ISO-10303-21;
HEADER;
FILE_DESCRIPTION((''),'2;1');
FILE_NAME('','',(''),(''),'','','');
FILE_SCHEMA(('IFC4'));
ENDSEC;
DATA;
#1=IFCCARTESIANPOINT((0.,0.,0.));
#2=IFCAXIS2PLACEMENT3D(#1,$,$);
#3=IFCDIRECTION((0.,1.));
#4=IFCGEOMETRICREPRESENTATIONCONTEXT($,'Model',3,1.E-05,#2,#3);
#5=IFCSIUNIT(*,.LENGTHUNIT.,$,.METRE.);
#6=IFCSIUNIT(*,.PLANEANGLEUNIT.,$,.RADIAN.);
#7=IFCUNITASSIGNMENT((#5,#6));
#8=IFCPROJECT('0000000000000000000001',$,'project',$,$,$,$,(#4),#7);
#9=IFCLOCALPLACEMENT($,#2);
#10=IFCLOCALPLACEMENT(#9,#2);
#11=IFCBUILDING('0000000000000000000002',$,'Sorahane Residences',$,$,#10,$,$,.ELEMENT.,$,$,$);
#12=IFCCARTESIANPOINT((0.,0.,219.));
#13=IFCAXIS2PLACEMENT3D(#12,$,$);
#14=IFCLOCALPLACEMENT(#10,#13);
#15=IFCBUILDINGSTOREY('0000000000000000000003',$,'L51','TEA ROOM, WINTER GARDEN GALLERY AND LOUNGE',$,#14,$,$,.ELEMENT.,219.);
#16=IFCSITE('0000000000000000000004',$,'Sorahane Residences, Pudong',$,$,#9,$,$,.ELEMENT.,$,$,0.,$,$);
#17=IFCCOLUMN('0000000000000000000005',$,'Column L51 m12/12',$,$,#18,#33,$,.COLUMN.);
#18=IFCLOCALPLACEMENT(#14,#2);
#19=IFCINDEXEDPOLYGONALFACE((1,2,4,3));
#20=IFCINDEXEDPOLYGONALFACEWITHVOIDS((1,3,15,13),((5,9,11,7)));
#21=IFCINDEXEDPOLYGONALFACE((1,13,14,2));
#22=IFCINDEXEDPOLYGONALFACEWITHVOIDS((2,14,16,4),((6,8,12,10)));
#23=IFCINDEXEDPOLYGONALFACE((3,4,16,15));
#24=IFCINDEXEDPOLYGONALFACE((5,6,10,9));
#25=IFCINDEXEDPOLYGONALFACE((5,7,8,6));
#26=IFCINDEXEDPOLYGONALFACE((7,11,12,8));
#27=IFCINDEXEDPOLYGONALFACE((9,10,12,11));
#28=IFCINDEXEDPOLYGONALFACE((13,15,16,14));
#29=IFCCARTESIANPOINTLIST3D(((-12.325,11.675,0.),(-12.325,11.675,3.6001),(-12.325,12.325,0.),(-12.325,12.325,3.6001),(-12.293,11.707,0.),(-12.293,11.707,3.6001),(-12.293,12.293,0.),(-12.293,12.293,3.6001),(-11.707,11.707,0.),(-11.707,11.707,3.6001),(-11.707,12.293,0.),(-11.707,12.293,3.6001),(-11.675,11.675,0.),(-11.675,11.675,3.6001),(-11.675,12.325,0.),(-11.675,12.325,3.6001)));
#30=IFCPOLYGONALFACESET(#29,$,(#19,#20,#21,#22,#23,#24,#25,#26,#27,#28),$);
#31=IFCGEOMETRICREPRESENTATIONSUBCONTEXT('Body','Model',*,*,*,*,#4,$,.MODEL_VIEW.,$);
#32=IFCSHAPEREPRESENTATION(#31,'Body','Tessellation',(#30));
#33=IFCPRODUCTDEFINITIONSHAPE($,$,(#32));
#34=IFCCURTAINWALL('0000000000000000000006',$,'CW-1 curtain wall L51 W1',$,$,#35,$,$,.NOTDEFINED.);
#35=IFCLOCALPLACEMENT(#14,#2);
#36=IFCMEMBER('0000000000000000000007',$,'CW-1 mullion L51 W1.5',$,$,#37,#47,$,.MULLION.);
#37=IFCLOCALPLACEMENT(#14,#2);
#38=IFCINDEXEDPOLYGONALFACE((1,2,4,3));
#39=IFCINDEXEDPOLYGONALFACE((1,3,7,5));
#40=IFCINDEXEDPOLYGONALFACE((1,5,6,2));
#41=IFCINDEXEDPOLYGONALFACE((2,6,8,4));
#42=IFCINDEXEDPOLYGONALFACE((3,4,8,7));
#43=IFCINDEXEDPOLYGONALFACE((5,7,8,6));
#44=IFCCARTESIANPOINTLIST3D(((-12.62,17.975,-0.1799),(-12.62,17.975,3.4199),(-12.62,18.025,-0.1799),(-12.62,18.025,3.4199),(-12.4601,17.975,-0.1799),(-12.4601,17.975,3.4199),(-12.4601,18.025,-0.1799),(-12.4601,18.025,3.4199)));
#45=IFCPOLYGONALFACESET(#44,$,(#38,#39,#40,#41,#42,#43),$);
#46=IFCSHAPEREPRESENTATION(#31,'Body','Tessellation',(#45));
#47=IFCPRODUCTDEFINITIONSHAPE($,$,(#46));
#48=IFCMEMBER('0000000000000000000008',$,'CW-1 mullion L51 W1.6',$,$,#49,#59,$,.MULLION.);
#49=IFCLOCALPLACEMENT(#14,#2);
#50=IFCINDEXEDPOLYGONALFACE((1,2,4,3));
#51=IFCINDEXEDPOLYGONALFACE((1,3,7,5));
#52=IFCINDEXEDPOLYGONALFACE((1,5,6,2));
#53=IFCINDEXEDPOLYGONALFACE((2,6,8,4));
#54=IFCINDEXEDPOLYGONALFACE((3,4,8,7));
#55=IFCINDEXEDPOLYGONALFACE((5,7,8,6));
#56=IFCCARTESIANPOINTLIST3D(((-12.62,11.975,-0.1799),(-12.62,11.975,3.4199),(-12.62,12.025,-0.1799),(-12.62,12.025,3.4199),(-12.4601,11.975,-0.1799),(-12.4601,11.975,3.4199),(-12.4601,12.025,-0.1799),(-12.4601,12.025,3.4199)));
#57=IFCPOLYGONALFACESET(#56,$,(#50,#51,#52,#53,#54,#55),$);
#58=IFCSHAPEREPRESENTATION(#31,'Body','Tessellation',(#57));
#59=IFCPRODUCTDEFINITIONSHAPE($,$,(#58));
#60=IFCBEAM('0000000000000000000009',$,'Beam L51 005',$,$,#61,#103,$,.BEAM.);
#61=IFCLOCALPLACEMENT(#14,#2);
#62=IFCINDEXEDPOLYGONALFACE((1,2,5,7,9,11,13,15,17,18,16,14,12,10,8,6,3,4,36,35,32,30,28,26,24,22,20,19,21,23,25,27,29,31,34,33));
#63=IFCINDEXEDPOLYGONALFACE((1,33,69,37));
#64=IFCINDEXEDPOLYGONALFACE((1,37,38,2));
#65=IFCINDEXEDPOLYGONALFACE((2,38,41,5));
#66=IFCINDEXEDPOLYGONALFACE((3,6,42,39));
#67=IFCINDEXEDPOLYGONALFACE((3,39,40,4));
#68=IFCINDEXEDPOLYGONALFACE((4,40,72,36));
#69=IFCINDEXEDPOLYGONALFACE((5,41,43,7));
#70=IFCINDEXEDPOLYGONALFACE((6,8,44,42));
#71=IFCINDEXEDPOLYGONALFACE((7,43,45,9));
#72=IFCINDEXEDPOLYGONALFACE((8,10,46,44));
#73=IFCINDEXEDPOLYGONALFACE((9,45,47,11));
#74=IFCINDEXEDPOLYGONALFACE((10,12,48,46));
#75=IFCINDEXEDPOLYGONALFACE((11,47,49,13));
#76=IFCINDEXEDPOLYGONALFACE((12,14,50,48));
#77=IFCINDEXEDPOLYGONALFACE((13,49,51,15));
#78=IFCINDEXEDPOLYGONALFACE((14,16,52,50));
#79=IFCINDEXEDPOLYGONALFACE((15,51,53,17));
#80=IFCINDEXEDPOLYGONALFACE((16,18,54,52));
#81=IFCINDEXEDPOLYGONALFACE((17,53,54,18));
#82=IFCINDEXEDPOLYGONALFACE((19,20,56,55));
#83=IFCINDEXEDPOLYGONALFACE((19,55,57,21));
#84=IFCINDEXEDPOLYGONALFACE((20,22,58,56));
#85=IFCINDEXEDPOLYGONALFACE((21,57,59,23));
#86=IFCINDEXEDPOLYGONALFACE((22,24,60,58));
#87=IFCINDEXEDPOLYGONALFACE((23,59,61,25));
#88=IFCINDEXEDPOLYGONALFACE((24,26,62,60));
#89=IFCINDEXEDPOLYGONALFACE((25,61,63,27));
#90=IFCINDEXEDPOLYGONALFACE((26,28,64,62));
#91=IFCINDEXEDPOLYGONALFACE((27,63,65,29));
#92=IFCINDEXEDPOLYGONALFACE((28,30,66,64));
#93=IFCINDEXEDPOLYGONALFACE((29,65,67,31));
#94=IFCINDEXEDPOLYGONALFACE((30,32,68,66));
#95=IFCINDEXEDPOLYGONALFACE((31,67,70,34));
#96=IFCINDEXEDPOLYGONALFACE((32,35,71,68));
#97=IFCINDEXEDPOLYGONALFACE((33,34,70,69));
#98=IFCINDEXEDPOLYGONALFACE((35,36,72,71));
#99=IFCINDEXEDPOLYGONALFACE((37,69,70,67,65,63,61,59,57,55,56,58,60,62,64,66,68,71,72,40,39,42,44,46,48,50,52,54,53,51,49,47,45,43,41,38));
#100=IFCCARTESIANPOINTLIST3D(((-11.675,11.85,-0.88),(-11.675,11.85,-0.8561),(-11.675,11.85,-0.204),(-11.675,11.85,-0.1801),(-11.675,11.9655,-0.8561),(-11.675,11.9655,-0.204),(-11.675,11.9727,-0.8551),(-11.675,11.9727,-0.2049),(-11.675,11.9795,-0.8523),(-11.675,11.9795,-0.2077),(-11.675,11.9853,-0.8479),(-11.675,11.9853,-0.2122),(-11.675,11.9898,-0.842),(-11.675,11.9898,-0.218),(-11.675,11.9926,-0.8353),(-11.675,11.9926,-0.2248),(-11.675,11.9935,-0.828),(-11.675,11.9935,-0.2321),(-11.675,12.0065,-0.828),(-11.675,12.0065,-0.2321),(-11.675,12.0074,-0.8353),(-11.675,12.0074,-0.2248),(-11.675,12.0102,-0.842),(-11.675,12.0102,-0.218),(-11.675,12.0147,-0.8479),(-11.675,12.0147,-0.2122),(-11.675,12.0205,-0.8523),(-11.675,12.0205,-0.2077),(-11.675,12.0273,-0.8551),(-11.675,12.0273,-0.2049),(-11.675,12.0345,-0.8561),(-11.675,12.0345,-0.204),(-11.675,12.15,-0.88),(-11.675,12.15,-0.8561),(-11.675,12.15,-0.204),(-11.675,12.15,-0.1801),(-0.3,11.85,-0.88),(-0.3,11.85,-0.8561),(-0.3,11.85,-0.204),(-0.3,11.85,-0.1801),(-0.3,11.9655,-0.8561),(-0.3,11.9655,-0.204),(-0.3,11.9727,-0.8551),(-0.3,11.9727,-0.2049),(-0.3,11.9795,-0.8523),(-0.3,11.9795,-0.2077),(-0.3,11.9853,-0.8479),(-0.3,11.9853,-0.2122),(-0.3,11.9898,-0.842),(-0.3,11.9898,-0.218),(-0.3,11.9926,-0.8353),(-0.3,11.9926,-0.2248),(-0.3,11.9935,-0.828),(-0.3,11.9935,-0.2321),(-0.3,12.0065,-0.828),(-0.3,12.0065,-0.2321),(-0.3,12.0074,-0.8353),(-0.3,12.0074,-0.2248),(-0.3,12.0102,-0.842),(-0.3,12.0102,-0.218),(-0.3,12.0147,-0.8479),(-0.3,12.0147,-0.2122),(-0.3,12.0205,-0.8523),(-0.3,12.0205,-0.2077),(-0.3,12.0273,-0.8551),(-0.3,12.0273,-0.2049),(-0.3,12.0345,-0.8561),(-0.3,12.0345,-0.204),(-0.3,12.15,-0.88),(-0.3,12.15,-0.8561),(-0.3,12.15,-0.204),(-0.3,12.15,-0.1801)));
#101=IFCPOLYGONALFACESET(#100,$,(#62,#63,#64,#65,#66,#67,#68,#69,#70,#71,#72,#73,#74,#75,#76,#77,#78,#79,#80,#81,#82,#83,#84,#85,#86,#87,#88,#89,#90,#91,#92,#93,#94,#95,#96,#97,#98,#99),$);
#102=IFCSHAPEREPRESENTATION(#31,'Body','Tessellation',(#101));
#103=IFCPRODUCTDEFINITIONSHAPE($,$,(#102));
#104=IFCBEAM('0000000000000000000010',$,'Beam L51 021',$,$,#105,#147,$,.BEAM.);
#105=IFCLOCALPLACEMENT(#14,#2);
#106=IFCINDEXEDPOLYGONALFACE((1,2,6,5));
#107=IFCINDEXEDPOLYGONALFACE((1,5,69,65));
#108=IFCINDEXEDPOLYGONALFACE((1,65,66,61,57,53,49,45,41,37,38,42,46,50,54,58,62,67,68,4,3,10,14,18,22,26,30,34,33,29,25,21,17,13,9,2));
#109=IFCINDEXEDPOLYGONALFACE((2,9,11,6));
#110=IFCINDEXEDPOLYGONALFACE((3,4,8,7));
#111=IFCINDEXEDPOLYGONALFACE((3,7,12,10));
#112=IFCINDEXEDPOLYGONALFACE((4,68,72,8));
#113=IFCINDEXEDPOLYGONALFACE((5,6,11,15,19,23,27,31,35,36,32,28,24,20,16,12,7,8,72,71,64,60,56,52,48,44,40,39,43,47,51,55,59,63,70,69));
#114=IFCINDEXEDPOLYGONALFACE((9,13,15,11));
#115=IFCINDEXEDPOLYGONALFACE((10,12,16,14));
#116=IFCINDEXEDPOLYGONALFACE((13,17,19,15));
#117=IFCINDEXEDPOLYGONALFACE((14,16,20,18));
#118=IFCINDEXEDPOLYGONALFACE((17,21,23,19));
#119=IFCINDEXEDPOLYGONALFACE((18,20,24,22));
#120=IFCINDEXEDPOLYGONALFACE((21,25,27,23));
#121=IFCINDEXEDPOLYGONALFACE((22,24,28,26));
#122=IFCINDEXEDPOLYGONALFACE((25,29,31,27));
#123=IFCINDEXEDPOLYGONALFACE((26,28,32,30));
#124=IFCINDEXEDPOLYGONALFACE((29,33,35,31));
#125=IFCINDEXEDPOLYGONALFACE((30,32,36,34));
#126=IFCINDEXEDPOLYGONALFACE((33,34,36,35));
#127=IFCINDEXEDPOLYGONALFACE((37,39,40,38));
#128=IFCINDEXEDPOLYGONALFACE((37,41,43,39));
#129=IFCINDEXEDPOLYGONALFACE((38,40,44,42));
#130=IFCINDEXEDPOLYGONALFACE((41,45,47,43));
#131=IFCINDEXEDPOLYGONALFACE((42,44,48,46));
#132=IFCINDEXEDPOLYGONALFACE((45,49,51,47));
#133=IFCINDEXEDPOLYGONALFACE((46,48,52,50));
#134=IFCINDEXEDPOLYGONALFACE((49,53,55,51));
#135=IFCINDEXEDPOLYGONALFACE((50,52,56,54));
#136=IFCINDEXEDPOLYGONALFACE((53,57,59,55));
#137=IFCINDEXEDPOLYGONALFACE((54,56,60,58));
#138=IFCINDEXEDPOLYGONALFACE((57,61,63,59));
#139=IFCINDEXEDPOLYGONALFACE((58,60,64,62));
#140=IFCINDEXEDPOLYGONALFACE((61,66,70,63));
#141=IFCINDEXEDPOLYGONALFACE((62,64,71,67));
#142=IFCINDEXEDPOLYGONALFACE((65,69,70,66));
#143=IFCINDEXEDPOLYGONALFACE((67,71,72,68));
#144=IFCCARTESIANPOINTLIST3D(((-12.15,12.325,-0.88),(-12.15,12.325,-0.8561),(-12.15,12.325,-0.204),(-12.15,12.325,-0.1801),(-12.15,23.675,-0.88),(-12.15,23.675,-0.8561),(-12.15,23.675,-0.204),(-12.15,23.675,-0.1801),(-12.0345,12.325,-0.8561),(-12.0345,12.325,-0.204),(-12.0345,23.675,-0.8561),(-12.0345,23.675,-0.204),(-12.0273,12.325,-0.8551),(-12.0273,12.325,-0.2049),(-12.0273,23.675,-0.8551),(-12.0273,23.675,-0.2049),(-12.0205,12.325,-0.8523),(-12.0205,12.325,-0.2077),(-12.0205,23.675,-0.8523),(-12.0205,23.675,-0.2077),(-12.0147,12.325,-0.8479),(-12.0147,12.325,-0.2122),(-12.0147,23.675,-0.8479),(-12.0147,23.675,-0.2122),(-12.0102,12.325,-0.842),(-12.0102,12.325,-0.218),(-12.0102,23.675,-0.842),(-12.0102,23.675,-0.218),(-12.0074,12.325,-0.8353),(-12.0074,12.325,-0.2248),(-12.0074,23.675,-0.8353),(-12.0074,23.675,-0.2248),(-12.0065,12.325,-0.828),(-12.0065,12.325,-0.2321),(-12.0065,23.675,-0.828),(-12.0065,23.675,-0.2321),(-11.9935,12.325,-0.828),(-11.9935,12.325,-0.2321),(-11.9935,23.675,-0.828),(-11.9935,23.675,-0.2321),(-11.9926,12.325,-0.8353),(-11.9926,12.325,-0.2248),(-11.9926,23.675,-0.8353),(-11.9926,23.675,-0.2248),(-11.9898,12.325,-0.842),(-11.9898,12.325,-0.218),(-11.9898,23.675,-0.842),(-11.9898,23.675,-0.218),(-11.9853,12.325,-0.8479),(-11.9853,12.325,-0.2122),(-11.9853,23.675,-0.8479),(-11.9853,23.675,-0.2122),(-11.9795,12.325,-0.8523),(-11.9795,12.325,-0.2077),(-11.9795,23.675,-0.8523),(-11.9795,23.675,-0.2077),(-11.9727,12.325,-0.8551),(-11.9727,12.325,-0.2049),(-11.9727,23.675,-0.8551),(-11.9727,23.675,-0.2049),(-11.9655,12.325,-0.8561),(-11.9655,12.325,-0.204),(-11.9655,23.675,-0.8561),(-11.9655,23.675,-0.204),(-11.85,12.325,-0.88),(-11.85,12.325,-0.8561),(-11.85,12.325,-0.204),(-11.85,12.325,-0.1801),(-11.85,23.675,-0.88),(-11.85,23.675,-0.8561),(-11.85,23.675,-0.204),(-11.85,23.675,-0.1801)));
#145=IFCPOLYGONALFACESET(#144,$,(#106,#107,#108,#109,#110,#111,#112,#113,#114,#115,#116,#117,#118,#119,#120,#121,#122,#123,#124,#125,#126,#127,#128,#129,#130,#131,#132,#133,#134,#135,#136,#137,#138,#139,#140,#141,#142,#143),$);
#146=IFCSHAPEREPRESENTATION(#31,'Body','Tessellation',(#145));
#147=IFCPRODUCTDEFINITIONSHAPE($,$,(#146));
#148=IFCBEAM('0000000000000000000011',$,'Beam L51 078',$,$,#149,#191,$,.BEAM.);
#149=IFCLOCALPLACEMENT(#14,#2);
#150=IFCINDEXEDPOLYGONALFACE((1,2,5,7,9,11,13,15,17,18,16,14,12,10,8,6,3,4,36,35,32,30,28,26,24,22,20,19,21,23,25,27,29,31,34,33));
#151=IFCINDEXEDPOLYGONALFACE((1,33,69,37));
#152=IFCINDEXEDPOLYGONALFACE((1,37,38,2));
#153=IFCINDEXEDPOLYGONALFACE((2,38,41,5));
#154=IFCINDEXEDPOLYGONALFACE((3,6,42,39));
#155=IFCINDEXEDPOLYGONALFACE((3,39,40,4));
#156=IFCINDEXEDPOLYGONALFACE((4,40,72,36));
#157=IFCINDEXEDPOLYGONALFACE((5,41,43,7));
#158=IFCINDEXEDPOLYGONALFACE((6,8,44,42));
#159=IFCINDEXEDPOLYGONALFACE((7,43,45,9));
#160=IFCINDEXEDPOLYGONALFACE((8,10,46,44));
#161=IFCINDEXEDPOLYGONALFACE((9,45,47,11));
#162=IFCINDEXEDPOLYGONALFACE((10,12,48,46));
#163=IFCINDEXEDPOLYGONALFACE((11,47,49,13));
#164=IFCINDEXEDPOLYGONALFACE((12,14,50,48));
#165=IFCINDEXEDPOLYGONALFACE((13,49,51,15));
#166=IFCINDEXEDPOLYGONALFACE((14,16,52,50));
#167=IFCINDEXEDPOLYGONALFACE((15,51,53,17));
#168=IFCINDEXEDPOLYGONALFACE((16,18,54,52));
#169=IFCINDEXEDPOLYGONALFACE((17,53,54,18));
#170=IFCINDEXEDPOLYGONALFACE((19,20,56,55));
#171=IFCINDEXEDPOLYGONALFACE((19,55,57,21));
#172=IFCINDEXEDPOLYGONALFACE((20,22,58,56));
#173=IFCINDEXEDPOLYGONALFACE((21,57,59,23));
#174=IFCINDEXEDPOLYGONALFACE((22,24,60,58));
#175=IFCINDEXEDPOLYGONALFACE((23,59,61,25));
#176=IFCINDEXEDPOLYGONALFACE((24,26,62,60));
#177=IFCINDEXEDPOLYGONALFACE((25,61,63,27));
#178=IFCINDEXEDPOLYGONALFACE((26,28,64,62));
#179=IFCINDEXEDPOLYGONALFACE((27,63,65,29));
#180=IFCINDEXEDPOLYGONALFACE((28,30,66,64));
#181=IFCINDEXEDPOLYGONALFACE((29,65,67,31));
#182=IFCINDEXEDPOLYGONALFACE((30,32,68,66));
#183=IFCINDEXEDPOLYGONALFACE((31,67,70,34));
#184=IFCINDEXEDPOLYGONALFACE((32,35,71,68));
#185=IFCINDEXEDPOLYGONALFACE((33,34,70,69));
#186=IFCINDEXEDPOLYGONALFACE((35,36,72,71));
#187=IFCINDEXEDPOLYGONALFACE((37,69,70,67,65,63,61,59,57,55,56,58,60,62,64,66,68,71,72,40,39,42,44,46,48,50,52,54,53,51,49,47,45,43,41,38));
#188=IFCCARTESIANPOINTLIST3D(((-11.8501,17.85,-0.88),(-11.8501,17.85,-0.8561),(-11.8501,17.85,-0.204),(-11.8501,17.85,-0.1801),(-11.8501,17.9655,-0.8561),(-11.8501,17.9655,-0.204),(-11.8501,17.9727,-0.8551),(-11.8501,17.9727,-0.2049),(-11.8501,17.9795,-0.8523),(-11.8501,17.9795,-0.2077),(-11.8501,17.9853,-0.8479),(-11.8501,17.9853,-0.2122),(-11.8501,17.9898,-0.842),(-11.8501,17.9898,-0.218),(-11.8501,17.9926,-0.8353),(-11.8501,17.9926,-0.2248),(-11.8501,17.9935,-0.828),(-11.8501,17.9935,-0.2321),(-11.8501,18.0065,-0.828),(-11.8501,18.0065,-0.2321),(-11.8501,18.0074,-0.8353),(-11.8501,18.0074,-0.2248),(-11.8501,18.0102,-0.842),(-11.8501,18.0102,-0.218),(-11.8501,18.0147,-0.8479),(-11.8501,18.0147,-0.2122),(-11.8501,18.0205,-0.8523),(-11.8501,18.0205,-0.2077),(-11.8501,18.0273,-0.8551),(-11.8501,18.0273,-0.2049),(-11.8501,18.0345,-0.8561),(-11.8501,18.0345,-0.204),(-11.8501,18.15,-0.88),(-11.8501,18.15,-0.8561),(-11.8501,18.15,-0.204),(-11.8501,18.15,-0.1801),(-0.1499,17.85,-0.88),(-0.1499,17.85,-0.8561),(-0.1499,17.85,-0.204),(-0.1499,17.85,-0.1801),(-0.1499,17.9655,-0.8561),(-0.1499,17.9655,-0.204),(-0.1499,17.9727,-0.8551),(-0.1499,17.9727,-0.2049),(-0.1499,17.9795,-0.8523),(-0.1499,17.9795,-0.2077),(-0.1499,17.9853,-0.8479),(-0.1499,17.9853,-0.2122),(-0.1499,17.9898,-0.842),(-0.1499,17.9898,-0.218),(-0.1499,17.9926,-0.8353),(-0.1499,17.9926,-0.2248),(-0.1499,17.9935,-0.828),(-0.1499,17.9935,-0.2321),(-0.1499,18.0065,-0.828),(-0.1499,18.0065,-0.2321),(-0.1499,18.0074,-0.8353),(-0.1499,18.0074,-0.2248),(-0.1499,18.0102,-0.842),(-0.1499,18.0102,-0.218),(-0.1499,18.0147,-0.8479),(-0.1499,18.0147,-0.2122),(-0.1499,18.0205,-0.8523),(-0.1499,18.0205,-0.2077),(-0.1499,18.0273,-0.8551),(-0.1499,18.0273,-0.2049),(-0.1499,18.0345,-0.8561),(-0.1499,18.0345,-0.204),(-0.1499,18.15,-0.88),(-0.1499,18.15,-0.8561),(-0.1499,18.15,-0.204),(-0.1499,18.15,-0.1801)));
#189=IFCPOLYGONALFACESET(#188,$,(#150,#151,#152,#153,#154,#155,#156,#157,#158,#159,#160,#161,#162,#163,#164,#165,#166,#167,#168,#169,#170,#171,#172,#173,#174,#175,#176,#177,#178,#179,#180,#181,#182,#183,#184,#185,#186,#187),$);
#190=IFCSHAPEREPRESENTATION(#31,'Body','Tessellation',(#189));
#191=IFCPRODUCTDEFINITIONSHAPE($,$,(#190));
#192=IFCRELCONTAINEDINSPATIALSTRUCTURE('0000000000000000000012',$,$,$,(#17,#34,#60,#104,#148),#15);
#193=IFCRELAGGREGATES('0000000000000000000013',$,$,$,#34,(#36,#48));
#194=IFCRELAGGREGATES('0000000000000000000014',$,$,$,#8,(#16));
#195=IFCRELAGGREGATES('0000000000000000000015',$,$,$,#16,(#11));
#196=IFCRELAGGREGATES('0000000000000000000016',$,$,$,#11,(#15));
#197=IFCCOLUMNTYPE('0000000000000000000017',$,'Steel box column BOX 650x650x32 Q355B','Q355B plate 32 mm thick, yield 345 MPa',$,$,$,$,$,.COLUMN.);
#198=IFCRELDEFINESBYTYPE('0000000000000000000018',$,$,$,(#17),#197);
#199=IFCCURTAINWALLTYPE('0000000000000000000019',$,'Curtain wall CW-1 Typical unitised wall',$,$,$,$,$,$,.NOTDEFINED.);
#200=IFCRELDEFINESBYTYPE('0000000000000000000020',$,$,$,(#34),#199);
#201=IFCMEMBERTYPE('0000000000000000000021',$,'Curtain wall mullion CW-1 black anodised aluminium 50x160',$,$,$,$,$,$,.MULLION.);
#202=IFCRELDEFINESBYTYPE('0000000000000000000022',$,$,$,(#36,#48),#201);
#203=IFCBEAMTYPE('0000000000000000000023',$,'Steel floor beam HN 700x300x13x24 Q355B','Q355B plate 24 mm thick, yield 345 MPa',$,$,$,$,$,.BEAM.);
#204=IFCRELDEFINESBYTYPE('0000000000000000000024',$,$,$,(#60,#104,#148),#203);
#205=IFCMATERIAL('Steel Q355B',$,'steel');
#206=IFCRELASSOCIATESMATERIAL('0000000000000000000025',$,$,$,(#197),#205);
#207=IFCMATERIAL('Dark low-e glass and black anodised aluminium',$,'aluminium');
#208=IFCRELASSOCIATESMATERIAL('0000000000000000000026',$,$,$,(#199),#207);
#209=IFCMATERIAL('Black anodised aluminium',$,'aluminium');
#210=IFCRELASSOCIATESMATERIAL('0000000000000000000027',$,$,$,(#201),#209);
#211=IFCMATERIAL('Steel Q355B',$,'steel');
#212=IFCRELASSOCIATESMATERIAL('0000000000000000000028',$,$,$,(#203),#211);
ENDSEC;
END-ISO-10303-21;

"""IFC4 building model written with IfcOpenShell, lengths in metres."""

from ifc_helpers import new_model, si_unit, direction, frame, origin, origin_2d, place, context, subcontext, project, spatial, rectangle, hollow_rectangle, i_section, extrude, material, material_profile, profile_set, type_object, element, aggregate, save


model = new_model("IFC4")

# Units and contexts
model_context = context("Model", 3, precision=1e-05, world=origin(), true_north=direction((0.0, 1.0)))
body_context = subcontext(model_context, "Body", "Model", "MODEL_VIEW")
ifc_project = project(units=[si_unit("LENGTHUNIT", "METRE"), si_unit("PLANEANGLEUNIT", "RADIAN")], contexts=[model_context])

# Site, building, storey
site_placement = place(None, origin())
site = spatial("IfcSite", under=ifc_project, at=site_placement, Name="Sorahane Residences, Pudong", CompositionType="ELEMENT", RefElevation=0.0)
building_placement = place(site_placement, origin())
building = spatial("IfcBuilding", under=site, at=building_placement, Name="Sorahane Residences", CompositionType="ELEMENT")
storey_placement = place(building_placement, frame((0.0, 0.0, 219.0)))
storey = spatial("IfcBuildingStorey", under=building, at=storey_placement, Name="L51", Description="TEA ROOM, WINTER GARDEN GALLERY AND LOUNGE", CompositionType="ELEMENT", Elevation=219.0)

# Column
ifc_material_1 = material(Name="Steel Q355B", Category="steel")
ifc_material_profile_1 = material_profile(ifc_material_1, hollow_rectangle(XDim=0.6499, YDim=0.6499, WallThickness=0.032, at=origin_2d()), Name="BOX 650x650x32")
ifc_profile_set_1 = profile_set([ifc_material_profile_1], Name="Steel Q355B")
column_type = type_object("IfcColumnType", Name="Steel box column BOX 650x650x32 Q355B", Description="Q355B plate 32 mm thick, yield 345 MPa", PredefinedType="COLUMN", material=ifc_profile_set_1)
column_placement = place(storey_placement, frame((-12.0, 12.0, 0.0), z_axis=(0.0, 0.0, 1.0), x_axis=(1.0, 0.0, 0.0)))
element("IfcColumn", 1, at=column_placement, inside=storey, type_object=column_type, Name="Column L51 m12/12", PredefinedType="COLUMN", context=body_context, shape_type="SweptSolid", body=[
    extrude(hollow_rectangle(XDim=0.6499, YDim=0.6499, WallThickness=0.032, at=origin_2d()), origin(), (0.0, 0.0, 1.0), 3.6001),
])

# Curtain wall, members
ifc_material_2 = material(Name="Dark low-e glass and black anodised aluminium", Category="aluminium")
curtain_wall_type = type_object("IfcCurtainWallType", Name="Curtain wall CW-1 Typical unitised wall", PredefinedType="NOTDEFINED", material=ifc_material_2)
curtain_wall_placement = place(storey_placement, origin())
curtain_wall = element("IfcCurtainWall", 2, at=curtain_wall_placement, inside=storey, type_object=curtain_wall_type, Name="CW-1 curtain wall L51 W1", PredefinedType="NOTDEFINED")
ifc_material_3 = material(Name="Black anodised aluminium", Category="aluminium")
ifc_material_profile_2 = material_profile(ifc_material_3, rectangle(XDim=0.1599, YDim=0.05, at=origin_2d()), Name="Curtain wall mullion CW-1 black anodised aluminium 50x160")
ifc_profile_set_2 = profile_set([ifc_material_profile_2], Name="Black anodised aluminium")
member_type = type_object("IfcMemberType", Name="Curtain wall mullion CW-1 black anodised aluminium 50x160", PredefinedType="MULLION", material=ifc_profile_set_2)
member_1_placement = place(storey_placement, frame((-12.54, 18.0, -0.1799), z_axis=(0.0, 0.0, 1.0), x_axis=(-1.0, 0.0, 0.0)))
member_1 = element("IfcMember", 3, at=member_1_placement, type_object=member_type, Name="CW-1 mullion L51 W1.5", PredefinedType="MULLION", context=body_context, shape_type="SweptSolid", body=[
    extrude(rectangle(XDim=0.1599, YDim=0.05, at=origin_2d()), origin(), (0.0, 0.0, 1.0), 3.5999),
])
member_2_placement = place(storey_placement, frame((-12.54, 12.0, -0.1799), z_axis=(0.0, 0.0, 1.0), x_axis=(-1.0, 0.0, 0.0)))
member_2 = element("IfcMember", 4, at=member_2_placement, type_object=member_type, Name="CW-1 mullion L51 W1.6", PredefinedType="MULLION", context=body_context, shape_type="SweptSolid", body=[
    extrude(rectangle(XDim=0.1599, YDim=0.05, at=origin_2d()), origin(), (0.0, 0.0, 1.0), 3.5999),
])

# Beams
ifc_material_4 = material(Name="Steel Q355B", Category="steel")
ifc_material_profile_3 = material_profile(ifc_material_4, i_section(OverallWidth=0.3, OverallDepth=0.7, WebThickness=0.0129, FlangeThickness=0.0239, FilletRadius=0.0281, at=origin_2d()), Name="HN 700x300x13x24")
ifc_profile_set_3 = profile_set([ifc_material_profile_3], Name="Steel Q355B")
beam_type = type_object("IfcBeamType", Name="Steel floor beam HN 700x300x13x24 Q355B", Description="Q355B plate 24 mm thick, yield 345 MPa", PredefinedType="BEAM", material=ifc_profile_set_3)
beam_1_placement = place(storey_placement, frame((-11.675, 12.0, -0.53), z_axis=(1.0, 0.0, 0.0), x_axis=(0.0, 1.0, 0.0)))
element("IfcBeam", 5, at=beam_1_placement, inside=storey, type_object=beam_type, Name="Beam L51 005", PredefinedType="BEAM", context=body_context, shape_type="SweptSolid", body=[
    extrude(i_section(OverallWidth=0.3, OverallDepth=0.7, WebThickness=0.0129, FlangeThickness=0.0239, FilletRadius=0.0281, at=origin_2d()), origin(), (0.0, 0.0, 1.0), 11.375),
])
beam_2_placement = place(storey_placement, frame((-12.0, 12.325, -0.53), z_axis=(0.0, 1.0, 0.0), x_axis=(-1.0, 0.0, 0.0)))
element("IfcBeam", 6, at=beam_2_placement, inside=storey, type_object=beam_type, Name="Beam L51 021", PredefinedType="BEAM", context=body_context, shape_type="SweptSolid", body=[
    extrude(i_section(OverallWidth=0.3, OverallDepth=0.7, WebThickness=0.0129, FlangeThickness=0.0239, FilletRadius=0.0281, at=origin_2d()), origin(), (0.0, 0.0, 1.0), 11.3501),
])
beam_3_placement = place(storey_placement, frame((-11.8501, 18.0, -0.53), z_axis=(1.0, 0.0, 0.0), x_axis=(0.0, 1.0, 0.0)))
element("IfcBeam", 7, at=beam_3_placement, inside=storey, type_object=beam_type, Name="Beam L51 078", PredefinedType="BEAM", context=body_context, shape_type="SweptSolid", body=[
    extrude(i_section(OverallWidth=0.3, OverallDepth=0.7, WebThickness=0.0129, FlangeThickness=0.0239, FilletRadius=0.0281, at=origin_2d()), origin(), (0.0, 0.0, 1.0), 11.7002),
])

aggregate(curtain_wall, [member_1, member_2])

save(model, "model.ifc")
